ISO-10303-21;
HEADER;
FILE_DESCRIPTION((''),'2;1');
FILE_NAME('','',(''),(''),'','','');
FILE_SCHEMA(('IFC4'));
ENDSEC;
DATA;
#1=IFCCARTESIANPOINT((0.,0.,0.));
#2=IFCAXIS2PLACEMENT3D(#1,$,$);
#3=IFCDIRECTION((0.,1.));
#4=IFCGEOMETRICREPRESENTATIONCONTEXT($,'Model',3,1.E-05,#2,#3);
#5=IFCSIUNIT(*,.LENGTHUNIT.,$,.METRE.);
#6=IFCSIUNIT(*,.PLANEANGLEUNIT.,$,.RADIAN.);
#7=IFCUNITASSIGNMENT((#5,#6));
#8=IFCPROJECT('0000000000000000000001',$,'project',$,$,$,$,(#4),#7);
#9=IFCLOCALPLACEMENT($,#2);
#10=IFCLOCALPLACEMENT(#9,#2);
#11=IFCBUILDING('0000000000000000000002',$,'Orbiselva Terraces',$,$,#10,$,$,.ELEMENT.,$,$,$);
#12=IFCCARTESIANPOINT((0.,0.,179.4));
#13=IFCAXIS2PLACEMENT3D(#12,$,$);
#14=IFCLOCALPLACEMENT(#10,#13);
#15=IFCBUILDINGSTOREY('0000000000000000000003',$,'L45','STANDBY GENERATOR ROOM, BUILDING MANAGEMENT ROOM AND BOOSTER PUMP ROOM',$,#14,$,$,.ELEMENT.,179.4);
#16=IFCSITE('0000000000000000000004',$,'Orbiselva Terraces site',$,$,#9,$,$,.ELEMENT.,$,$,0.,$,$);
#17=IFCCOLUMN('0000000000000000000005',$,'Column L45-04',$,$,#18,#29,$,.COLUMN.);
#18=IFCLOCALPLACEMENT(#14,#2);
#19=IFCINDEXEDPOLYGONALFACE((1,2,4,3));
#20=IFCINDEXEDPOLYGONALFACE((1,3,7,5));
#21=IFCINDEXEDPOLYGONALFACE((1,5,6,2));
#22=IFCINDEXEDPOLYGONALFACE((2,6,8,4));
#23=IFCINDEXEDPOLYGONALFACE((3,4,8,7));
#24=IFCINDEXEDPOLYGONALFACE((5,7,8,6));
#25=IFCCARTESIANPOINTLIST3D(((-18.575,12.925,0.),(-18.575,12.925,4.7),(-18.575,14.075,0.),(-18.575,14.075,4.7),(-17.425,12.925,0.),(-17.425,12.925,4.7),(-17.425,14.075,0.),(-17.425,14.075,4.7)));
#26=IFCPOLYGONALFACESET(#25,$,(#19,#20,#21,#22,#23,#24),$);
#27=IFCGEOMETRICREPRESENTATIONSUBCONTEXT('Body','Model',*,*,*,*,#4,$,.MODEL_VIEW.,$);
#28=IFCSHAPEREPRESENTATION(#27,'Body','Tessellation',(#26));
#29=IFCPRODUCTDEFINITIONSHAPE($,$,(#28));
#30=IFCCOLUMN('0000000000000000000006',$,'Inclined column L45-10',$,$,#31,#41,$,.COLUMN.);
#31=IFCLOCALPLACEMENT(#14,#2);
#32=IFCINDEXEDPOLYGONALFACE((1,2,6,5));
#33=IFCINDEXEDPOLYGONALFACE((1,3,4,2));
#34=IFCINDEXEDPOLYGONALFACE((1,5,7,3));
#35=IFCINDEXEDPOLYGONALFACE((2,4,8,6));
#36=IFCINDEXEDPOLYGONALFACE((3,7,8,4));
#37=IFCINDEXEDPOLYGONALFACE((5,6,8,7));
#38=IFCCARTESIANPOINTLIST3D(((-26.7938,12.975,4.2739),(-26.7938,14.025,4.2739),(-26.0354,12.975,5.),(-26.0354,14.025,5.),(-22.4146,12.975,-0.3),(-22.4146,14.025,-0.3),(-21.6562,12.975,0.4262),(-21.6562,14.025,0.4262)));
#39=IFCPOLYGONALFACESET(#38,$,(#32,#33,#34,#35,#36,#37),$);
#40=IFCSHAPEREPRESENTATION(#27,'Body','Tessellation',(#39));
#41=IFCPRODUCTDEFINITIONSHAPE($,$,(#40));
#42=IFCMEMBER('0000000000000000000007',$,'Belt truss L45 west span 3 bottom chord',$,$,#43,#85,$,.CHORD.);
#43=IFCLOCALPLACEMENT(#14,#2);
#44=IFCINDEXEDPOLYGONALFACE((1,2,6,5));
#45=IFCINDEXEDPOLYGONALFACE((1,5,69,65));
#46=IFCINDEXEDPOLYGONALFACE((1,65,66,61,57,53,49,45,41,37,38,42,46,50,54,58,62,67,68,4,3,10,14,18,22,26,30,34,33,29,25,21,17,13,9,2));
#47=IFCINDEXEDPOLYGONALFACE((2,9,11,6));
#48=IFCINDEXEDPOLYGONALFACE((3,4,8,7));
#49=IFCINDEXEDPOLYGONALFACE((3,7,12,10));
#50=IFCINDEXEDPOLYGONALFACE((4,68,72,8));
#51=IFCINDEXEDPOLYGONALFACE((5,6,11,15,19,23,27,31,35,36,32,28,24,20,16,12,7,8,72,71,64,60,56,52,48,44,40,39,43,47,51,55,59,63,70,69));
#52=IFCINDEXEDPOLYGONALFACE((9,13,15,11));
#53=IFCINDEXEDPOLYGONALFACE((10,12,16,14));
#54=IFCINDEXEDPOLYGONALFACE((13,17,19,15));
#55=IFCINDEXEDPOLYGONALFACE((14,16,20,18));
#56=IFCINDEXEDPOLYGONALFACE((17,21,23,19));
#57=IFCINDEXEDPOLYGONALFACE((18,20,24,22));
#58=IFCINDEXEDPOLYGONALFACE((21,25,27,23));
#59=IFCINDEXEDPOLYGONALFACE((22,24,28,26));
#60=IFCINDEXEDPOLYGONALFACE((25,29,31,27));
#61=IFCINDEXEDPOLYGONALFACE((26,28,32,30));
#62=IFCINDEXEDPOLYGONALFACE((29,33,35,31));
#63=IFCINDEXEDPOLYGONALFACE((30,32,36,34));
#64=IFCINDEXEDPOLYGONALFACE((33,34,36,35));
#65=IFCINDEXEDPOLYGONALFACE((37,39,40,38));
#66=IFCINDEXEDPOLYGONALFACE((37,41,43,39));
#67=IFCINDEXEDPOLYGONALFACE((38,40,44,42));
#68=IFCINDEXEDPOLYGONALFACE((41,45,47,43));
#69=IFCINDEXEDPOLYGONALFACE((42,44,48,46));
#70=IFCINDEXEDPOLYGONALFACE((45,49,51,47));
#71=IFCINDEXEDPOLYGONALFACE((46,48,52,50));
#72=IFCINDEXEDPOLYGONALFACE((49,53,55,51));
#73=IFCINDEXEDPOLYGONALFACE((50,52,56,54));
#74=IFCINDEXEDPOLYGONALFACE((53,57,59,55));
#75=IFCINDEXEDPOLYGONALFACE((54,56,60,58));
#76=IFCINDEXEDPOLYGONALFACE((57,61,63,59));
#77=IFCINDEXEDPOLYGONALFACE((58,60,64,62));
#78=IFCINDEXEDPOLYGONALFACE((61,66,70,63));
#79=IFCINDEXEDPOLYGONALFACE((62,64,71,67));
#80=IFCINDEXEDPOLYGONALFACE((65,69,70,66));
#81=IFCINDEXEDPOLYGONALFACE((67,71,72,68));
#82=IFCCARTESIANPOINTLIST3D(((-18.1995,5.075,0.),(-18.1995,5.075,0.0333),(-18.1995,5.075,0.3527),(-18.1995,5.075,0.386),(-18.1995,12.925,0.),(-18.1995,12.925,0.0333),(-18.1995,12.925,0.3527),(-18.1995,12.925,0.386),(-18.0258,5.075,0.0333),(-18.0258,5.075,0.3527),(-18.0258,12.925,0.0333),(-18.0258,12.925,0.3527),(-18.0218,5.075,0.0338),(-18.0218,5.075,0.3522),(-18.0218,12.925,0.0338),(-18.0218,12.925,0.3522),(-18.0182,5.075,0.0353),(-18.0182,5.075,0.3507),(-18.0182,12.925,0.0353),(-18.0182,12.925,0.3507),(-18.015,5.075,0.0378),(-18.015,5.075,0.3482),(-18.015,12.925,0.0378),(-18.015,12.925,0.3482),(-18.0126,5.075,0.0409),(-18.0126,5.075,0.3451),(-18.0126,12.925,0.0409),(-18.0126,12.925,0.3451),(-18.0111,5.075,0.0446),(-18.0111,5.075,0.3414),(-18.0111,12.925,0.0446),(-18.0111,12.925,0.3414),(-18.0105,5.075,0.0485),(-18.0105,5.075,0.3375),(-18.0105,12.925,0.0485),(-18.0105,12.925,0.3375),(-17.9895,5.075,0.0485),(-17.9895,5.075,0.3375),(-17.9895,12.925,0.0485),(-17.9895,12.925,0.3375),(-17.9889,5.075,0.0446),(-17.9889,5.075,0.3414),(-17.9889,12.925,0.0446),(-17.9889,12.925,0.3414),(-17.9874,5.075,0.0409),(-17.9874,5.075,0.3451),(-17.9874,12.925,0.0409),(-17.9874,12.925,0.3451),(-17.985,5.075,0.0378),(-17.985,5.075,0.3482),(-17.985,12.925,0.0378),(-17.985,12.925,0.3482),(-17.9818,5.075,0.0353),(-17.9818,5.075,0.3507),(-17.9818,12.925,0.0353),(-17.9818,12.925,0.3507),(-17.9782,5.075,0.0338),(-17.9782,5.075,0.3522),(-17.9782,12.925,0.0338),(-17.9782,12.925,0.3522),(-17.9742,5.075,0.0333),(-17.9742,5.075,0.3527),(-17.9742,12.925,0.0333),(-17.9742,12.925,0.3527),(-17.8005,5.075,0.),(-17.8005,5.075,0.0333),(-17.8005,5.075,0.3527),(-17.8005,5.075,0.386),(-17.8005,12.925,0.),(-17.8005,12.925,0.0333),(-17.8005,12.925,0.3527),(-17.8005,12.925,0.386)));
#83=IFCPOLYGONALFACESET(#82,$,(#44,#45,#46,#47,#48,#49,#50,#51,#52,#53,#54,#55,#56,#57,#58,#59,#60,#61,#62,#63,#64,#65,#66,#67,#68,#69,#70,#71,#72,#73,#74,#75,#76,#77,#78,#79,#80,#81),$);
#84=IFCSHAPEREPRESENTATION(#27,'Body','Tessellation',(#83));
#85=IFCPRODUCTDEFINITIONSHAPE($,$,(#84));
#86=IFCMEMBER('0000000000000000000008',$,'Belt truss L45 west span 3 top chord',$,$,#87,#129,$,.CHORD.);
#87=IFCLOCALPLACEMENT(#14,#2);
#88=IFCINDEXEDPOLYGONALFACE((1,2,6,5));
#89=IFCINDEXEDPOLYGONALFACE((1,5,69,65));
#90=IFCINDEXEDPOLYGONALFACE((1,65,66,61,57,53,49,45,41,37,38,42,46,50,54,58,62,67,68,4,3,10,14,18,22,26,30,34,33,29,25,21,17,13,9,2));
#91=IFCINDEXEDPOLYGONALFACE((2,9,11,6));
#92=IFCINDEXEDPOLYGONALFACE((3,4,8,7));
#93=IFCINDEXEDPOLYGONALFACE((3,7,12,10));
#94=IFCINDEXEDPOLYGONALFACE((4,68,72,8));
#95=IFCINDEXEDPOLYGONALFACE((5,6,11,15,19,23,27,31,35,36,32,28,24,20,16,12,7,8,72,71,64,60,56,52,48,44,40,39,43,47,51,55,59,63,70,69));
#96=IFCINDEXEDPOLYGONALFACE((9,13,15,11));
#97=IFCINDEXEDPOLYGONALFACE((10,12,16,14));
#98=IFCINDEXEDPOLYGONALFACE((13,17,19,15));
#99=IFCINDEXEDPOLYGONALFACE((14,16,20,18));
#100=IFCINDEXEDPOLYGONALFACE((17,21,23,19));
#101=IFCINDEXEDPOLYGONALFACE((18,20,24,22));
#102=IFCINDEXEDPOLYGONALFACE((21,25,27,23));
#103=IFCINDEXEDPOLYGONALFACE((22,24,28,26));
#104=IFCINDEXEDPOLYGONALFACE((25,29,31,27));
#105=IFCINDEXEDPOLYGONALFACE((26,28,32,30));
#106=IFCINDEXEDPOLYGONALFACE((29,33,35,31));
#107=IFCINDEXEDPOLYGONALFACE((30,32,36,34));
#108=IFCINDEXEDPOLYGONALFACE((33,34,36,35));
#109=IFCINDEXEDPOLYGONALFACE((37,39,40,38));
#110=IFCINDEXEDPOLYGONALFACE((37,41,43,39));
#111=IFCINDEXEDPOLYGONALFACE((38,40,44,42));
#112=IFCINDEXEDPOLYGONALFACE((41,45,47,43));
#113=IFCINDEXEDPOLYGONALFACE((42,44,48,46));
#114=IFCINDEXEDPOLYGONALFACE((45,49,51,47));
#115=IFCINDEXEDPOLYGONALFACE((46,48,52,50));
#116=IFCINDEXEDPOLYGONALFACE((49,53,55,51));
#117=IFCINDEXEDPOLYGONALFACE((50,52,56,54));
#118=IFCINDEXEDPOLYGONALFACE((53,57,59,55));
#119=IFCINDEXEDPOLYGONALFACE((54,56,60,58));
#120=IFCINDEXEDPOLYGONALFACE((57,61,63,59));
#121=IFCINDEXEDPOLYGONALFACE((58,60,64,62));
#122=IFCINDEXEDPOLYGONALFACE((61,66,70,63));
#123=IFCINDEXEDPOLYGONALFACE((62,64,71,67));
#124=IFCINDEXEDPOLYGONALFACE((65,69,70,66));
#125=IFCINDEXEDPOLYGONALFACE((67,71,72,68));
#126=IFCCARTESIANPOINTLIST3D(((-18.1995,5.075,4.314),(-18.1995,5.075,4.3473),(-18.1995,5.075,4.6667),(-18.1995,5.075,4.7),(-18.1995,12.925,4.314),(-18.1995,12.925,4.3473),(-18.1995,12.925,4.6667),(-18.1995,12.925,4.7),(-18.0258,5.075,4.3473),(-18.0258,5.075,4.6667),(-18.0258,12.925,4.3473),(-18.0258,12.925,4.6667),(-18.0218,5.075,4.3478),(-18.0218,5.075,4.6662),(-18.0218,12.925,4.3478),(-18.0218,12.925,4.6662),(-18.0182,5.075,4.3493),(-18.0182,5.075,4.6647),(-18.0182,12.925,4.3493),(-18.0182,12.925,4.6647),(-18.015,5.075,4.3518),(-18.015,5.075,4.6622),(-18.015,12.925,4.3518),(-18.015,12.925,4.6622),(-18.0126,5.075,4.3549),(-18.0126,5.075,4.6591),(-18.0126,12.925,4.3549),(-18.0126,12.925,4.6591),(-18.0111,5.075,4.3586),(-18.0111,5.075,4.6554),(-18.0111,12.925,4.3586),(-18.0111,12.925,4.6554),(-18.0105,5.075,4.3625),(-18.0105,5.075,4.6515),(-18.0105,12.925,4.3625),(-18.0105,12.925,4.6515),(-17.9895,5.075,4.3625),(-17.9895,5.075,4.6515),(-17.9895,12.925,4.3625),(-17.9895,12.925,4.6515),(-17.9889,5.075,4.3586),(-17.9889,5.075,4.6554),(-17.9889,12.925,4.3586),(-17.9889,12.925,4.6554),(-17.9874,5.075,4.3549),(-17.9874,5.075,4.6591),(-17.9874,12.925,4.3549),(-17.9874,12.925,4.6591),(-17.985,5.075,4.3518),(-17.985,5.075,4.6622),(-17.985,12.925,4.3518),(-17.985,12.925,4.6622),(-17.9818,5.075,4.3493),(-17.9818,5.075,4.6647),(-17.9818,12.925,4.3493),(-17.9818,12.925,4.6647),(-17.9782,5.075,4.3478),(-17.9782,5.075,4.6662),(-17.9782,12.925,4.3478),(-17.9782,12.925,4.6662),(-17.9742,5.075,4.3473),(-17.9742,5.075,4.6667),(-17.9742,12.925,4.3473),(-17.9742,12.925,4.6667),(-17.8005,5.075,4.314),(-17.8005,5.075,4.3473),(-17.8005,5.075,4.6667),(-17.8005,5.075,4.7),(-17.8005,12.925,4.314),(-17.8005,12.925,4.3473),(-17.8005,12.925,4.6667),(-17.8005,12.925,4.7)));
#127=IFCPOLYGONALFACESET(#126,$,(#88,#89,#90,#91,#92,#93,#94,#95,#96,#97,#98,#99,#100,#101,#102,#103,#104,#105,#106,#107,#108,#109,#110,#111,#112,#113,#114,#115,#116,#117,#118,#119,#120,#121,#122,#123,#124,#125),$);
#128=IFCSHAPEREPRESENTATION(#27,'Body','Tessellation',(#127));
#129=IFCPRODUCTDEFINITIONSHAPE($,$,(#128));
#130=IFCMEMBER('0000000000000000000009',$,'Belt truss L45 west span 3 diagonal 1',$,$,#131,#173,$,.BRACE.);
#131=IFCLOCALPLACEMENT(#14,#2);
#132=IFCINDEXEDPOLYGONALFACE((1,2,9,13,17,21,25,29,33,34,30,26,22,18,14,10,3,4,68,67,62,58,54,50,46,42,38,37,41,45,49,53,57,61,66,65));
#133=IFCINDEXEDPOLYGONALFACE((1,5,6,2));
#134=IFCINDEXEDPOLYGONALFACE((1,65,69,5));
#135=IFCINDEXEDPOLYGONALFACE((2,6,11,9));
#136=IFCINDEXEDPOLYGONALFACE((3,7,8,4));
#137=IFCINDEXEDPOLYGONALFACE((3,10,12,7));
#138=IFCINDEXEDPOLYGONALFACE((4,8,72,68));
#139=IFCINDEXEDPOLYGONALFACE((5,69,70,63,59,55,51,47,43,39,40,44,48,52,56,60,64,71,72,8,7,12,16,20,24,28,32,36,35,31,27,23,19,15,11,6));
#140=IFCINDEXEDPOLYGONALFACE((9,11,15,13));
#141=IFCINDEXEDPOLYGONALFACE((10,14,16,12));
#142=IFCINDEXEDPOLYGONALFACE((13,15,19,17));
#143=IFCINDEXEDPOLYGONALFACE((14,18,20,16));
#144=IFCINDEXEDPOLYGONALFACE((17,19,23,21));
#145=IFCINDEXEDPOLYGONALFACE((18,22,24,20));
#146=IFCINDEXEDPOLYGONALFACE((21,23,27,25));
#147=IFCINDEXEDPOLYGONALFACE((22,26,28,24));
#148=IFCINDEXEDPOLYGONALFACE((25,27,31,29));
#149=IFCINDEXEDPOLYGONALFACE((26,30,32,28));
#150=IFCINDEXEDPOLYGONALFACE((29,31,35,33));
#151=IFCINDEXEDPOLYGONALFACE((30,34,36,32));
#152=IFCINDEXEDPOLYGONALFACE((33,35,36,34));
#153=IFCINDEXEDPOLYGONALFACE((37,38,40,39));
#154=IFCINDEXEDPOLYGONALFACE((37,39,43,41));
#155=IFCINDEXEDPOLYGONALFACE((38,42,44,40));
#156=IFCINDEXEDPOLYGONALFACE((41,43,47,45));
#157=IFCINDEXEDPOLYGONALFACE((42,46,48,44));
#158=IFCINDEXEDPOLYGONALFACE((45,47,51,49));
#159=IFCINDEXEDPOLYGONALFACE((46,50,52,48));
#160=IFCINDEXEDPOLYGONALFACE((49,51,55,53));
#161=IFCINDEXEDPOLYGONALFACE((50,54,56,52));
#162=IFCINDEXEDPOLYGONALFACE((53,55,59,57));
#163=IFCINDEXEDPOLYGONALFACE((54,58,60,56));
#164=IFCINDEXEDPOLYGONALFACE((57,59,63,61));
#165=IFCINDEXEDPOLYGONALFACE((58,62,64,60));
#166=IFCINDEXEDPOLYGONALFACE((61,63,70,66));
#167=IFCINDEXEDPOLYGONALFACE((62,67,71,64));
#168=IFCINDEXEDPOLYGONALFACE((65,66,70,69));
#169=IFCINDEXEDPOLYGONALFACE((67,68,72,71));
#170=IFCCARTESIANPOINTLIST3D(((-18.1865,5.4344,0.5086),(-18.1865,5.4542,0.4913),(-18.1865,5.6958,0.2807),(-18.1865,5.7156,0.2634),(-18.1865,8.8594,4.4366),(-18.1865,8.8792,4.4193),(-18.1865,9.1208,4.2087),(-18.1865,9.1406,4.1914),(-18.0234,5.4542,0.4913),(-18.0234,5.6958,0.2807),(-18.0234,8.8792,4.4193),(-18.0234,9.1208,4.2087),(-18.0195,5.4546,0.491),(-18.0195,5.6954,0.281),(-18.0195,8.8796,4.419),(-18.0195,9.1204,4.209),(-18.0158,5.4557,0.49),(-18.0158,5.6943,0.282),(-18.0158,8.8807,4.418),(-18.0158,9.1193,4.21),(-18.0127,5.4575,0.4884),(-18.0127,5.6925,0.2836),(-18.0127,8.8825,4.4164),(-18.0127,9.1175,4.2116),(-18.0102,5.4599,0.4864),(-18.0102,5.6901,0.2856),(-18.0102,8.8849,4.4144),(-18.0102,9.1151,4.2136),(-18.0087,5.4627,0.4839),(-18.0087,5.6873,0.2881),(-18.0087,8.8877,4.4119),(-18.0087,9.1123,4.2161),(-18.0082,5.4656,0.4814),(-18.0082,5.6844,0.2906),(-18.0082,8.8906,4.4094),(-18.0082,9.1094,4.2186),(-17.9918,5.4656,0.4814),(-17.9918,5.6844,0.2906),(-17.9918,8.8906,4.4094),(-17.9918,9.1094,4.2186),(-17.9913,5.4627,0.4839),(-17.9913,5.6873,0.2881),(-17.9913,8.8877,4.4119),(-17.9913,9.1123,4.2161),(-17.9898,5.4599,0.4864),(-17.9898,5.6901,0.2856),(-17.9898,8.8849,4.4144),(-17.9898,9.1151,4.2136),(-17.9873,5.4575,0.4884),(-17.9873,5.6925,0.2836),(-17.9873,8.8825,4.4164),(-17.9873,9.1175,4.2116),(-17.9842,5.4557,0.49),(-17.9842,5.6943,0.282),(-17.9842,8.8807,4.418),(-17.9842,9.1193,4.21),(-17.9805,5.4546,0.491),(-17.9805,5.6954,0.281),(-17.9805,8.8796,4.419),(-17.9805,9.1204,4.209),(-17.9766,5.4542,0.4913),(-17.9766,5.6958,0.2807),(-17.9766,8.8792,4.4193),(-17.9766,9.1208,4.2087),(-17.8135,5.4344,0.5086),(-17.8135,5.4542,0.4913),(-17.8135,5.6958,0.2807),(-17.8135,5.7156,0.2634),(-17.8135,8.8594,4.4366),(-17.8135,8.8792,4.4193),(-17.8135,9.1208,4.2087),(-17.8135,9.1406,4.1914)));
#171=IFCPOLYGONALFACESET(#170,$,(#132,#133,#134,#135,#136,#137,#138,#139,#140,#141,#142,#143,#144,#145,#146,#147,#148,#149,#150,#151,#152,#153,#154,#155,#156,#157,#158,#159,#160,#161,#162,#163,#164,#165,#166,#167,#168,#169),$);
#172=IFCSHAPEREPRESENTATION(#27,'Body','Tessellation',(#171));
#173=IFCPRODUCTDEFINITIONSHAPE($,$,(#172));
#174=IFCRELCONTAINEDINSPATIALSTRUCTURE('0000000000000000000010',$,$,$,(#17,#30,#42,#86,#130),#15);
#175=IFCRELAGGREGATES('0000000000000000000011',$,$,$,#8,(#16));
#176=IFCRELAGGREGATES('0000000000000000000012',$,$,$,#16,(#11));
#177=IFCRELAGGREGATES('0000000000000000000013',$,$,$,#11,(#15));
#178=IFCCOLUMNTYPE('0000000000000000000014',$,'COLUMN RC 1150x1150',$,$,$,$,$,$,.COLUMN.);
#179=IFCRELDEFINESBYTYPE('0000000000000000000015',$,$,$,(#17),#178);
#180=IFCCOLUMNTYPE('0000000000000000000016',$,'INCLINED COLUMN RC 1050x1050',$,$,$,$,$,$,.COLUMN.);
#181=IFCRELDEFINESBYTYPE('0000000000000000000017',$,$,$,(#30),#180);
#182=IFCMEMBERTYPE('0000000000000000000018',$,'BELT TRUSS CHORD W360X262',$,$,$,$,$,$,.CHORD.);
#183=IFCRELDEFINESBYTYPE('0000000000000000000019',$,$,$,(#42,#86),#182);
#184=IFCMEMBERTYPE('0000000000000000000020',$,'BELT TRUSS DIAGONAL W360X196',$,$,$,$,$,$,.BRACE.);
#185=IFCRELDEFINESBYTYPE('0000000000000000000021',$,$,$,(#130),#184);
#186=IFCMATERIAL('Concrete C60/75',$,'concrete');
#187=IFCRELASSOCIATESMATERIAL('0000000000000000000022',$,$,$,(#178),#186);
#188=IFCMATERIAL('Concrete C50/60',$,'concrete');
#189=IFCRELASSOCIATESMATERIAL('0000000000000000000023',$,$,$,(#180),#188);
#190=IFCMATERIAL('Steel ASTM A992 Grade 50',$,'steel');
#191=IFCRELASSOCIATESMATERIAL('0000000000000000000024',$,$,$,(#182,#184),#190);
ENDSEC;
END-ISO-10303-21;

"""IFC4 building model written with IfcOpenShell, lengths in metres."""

from ifc_helpers import new_model, si_unit, direction, frame, origin, origin_2d, place, context, subcontext, project, spatial, rectangle, i_section, extrude, material, material_profile, profile_set, type_object, element, save


model = new_model("IFC4")

# Units and contexts
model_context = context("Model", 3, precision=1e-05, world=origin(), true_north=direction((0.0, 1.0)))
body_context = subcontext(model_context, "Body", "Model", "MODEL_VIEW")
ifc_project = project(units=[si_unit("LENGTHUNIT", "METRE"), si_unit("PLANEANGLEUNIT", "RADIAN")], contexts=[model_context])

# Site, building, storey
site_placement = place(None, origin())
site = spatial("IfcSite", under=ifc_project, at=site_placement, Name="Orbiselva Terraces site", CompositionType="ELEMENT", RefElevation=0.0)
building_placement = place(site_placement, origin())
building = spatial("IfcBuilding", under=site, at=building_placement, Name="Orbiselva Terraces", CompositionType="ELEMENT")
storey_placement = place(building_placement, frame((0.0, 0.0, 179.4)))
storey = spatial("IfcBuildingStorey", under=building, at=storey_placement, Name="L45", Description="STANDBY GENERATOR ROOM, BUILDING MANAGEMENT ROOM AND BOOSTER PUMP ROOM", CompositionType="ELEMENT", Elevation=179.4)

# Columns
ifc_material_1 = material(Name="Concrete C60/75", Category="concrete")
ifc_material_profile_1 = material_profile(ifc_material_1, rectangle(XDim=1.15, YDim=1.15, at=origin_2d()), Name="RC 1150x1150")
ifc_profile_set_1 = profile_set([ifc_material_profile_1], Name="Concrete C60/75")
column_type_1 = type_object("IfcColumnType", Name="COLUMN RC 1150x1150", PredefinedType="COLUMN", material=ifc_profile_set_1)
column_1_placement = place(storey_placement, frame((-18.0, 13.5, 0.0), z_axis=(0.0, 0.0, 1.0), x_axis=(1.0, 0.0, 0.0)))
element("IfcColumn", 1, at=column_1_placement, inside=storey, type_object=column_type_1, Name="Column L45-04", PredefinedType="COLUMN", context=body_context, shape_type="SweptSolid", body=[
    extrude(rectangle(XDim=1.15, YDim=1.15, at=origin_2d()), origin(), (0.0, 0.0, 1.0), 4.7),
])
ifc_material_2 = material(Name="Concrete C50/60", Category="concrete")
ifc_material_profile_2 = material_profile(ifc_material_2, rectangle(XDim=1.05, YDim=1.05, at=origin_2d()), Name="RC 1050x1050")
ifc_profile_set_2 = profile_set([ifc_material_profile_2], Name="Concrete C50/60")
column_type_2 = type_object("IfcColumnType", Name="INCLINED COLUMN RC 1050x1050", PredefinedType="COLUMN", material=ifc_profile_set_2)
column_2_placement = place(storey_placement, frame((-22.0354, 13.5, 0.0631), z_axis=(-0.691571, 0.0, 0.722308), x_axis=(0.0, -1.0, 0.0)))
element("IfcColumn", 2, at=column_2_placement, inside=storey, type_object=column_type_2, Name="Inclined column L45-10", PredefinedType="COLUMN", context=body_context, shape_type="SweptSolid", body=[
    extrude(rectangle(XDim=1.05, YDim=1.05, at=origin_2d()), origin(), (0.0, 0.0, 1.0), 6.3323),
])

# Members
ifc_material_3 = material(Name="Steel ASTM A992 Grade 50", Category="steel")
ifc_material_profile_3 = material_profile(ifc_material_3, i_section(OverallWidth=0.399, OverallDepth=0.386, WebThickness=0.0211, FlangeThickness=0.0333, FilletRadius=0.0152, at=origin_2d()), Name="W360X262")
ifc_profile_set_3 = profile_set([ifc_material_profile_3], Name="Steel ASTM A992 Grade 50")
member_type_1 = type_object("IfcMemberType", Name="BELT TRUSS CHORD W360X262", PredefinedType="CHORD", material=ifc_profile_set_3)
for number, where, z_axis, x_axis, name in (
    (3, (-18.0, 5.075, 0.193), (0.0, 1.0, 0.0), (-1.0, 0.0, 0.0), "Belt truss L45 west span 3 bottom chord"),
    (4, (-18.0, 5.075, 4.507), (0.0, 1.0, 0.0), (-1.0, 0.0, 0.0), "Belt truss L45 west span 3 top chord"),
):
    element("IfcMember", number, at=place(storey_placement, frame(where, z_axis=z_axis, x_axis=x_axis)), inside=storey, type_object=member_type_1, Name=name, PredefinedType="CHORD", context=body_context, shape_type="SweptSolid", body=[
        extrude(i_section(OverallWidth=0.399, OverallDepth=0.386, WebThickness=0.0211, FlangeThickness=0.0333, FilletRadius=0.0152, at=origin_2d()), origin(), (0.0, 0.0, 1.0), 7.85),
    ])
ifc_material_profile_4 = material_profile(ifc_material_3, i_section(OverallWidth=0.373, OverallDepth=0.373, WebThickness=0.0164, FlangeThickness=0.0262, FilletRadius=0.0152, at=origin_2d()), Name="W360X196")
ifc_profile_set_4 = profile_set([ifc_material_profile_4], Name="Steel ASTM A992 Grade 50")
member_type_2 = type_object("IfcMemberType", Name="BELT TRUSS DIAGONAL W360X196", PredefinedType="BRACE", material=ifc_profile_set_4)
for number, where, z_axis, x_axis, name in (
    (5, (-18.0, 5.575, 0.386), (0.0, 0.657199, 0.753717), (-1.0, 0.0, 0.0), "Belt truss L45 west span 3 diagonal 1"),
):
    element("IfcMember", number, at=place(storey_placement, frame(where, z_axis=z_axis, x_axis=x_axis)), inside=storey, type_object=member_type_2, Name=name, PredefinedType="BRACE", context=body_context, shape_type="SweptSolid", body=[
        extrude(i_section(OverallWidth=0.373, OverallDepth=0.373, WebThickness=0.0164, FlangeThickness=0.0262, FilletRadius=0.0152, at=origin_2d()), origin(), (0.0, 0.0, 1.0), 5.2115),
    ])

save(model, "model.ifc")
